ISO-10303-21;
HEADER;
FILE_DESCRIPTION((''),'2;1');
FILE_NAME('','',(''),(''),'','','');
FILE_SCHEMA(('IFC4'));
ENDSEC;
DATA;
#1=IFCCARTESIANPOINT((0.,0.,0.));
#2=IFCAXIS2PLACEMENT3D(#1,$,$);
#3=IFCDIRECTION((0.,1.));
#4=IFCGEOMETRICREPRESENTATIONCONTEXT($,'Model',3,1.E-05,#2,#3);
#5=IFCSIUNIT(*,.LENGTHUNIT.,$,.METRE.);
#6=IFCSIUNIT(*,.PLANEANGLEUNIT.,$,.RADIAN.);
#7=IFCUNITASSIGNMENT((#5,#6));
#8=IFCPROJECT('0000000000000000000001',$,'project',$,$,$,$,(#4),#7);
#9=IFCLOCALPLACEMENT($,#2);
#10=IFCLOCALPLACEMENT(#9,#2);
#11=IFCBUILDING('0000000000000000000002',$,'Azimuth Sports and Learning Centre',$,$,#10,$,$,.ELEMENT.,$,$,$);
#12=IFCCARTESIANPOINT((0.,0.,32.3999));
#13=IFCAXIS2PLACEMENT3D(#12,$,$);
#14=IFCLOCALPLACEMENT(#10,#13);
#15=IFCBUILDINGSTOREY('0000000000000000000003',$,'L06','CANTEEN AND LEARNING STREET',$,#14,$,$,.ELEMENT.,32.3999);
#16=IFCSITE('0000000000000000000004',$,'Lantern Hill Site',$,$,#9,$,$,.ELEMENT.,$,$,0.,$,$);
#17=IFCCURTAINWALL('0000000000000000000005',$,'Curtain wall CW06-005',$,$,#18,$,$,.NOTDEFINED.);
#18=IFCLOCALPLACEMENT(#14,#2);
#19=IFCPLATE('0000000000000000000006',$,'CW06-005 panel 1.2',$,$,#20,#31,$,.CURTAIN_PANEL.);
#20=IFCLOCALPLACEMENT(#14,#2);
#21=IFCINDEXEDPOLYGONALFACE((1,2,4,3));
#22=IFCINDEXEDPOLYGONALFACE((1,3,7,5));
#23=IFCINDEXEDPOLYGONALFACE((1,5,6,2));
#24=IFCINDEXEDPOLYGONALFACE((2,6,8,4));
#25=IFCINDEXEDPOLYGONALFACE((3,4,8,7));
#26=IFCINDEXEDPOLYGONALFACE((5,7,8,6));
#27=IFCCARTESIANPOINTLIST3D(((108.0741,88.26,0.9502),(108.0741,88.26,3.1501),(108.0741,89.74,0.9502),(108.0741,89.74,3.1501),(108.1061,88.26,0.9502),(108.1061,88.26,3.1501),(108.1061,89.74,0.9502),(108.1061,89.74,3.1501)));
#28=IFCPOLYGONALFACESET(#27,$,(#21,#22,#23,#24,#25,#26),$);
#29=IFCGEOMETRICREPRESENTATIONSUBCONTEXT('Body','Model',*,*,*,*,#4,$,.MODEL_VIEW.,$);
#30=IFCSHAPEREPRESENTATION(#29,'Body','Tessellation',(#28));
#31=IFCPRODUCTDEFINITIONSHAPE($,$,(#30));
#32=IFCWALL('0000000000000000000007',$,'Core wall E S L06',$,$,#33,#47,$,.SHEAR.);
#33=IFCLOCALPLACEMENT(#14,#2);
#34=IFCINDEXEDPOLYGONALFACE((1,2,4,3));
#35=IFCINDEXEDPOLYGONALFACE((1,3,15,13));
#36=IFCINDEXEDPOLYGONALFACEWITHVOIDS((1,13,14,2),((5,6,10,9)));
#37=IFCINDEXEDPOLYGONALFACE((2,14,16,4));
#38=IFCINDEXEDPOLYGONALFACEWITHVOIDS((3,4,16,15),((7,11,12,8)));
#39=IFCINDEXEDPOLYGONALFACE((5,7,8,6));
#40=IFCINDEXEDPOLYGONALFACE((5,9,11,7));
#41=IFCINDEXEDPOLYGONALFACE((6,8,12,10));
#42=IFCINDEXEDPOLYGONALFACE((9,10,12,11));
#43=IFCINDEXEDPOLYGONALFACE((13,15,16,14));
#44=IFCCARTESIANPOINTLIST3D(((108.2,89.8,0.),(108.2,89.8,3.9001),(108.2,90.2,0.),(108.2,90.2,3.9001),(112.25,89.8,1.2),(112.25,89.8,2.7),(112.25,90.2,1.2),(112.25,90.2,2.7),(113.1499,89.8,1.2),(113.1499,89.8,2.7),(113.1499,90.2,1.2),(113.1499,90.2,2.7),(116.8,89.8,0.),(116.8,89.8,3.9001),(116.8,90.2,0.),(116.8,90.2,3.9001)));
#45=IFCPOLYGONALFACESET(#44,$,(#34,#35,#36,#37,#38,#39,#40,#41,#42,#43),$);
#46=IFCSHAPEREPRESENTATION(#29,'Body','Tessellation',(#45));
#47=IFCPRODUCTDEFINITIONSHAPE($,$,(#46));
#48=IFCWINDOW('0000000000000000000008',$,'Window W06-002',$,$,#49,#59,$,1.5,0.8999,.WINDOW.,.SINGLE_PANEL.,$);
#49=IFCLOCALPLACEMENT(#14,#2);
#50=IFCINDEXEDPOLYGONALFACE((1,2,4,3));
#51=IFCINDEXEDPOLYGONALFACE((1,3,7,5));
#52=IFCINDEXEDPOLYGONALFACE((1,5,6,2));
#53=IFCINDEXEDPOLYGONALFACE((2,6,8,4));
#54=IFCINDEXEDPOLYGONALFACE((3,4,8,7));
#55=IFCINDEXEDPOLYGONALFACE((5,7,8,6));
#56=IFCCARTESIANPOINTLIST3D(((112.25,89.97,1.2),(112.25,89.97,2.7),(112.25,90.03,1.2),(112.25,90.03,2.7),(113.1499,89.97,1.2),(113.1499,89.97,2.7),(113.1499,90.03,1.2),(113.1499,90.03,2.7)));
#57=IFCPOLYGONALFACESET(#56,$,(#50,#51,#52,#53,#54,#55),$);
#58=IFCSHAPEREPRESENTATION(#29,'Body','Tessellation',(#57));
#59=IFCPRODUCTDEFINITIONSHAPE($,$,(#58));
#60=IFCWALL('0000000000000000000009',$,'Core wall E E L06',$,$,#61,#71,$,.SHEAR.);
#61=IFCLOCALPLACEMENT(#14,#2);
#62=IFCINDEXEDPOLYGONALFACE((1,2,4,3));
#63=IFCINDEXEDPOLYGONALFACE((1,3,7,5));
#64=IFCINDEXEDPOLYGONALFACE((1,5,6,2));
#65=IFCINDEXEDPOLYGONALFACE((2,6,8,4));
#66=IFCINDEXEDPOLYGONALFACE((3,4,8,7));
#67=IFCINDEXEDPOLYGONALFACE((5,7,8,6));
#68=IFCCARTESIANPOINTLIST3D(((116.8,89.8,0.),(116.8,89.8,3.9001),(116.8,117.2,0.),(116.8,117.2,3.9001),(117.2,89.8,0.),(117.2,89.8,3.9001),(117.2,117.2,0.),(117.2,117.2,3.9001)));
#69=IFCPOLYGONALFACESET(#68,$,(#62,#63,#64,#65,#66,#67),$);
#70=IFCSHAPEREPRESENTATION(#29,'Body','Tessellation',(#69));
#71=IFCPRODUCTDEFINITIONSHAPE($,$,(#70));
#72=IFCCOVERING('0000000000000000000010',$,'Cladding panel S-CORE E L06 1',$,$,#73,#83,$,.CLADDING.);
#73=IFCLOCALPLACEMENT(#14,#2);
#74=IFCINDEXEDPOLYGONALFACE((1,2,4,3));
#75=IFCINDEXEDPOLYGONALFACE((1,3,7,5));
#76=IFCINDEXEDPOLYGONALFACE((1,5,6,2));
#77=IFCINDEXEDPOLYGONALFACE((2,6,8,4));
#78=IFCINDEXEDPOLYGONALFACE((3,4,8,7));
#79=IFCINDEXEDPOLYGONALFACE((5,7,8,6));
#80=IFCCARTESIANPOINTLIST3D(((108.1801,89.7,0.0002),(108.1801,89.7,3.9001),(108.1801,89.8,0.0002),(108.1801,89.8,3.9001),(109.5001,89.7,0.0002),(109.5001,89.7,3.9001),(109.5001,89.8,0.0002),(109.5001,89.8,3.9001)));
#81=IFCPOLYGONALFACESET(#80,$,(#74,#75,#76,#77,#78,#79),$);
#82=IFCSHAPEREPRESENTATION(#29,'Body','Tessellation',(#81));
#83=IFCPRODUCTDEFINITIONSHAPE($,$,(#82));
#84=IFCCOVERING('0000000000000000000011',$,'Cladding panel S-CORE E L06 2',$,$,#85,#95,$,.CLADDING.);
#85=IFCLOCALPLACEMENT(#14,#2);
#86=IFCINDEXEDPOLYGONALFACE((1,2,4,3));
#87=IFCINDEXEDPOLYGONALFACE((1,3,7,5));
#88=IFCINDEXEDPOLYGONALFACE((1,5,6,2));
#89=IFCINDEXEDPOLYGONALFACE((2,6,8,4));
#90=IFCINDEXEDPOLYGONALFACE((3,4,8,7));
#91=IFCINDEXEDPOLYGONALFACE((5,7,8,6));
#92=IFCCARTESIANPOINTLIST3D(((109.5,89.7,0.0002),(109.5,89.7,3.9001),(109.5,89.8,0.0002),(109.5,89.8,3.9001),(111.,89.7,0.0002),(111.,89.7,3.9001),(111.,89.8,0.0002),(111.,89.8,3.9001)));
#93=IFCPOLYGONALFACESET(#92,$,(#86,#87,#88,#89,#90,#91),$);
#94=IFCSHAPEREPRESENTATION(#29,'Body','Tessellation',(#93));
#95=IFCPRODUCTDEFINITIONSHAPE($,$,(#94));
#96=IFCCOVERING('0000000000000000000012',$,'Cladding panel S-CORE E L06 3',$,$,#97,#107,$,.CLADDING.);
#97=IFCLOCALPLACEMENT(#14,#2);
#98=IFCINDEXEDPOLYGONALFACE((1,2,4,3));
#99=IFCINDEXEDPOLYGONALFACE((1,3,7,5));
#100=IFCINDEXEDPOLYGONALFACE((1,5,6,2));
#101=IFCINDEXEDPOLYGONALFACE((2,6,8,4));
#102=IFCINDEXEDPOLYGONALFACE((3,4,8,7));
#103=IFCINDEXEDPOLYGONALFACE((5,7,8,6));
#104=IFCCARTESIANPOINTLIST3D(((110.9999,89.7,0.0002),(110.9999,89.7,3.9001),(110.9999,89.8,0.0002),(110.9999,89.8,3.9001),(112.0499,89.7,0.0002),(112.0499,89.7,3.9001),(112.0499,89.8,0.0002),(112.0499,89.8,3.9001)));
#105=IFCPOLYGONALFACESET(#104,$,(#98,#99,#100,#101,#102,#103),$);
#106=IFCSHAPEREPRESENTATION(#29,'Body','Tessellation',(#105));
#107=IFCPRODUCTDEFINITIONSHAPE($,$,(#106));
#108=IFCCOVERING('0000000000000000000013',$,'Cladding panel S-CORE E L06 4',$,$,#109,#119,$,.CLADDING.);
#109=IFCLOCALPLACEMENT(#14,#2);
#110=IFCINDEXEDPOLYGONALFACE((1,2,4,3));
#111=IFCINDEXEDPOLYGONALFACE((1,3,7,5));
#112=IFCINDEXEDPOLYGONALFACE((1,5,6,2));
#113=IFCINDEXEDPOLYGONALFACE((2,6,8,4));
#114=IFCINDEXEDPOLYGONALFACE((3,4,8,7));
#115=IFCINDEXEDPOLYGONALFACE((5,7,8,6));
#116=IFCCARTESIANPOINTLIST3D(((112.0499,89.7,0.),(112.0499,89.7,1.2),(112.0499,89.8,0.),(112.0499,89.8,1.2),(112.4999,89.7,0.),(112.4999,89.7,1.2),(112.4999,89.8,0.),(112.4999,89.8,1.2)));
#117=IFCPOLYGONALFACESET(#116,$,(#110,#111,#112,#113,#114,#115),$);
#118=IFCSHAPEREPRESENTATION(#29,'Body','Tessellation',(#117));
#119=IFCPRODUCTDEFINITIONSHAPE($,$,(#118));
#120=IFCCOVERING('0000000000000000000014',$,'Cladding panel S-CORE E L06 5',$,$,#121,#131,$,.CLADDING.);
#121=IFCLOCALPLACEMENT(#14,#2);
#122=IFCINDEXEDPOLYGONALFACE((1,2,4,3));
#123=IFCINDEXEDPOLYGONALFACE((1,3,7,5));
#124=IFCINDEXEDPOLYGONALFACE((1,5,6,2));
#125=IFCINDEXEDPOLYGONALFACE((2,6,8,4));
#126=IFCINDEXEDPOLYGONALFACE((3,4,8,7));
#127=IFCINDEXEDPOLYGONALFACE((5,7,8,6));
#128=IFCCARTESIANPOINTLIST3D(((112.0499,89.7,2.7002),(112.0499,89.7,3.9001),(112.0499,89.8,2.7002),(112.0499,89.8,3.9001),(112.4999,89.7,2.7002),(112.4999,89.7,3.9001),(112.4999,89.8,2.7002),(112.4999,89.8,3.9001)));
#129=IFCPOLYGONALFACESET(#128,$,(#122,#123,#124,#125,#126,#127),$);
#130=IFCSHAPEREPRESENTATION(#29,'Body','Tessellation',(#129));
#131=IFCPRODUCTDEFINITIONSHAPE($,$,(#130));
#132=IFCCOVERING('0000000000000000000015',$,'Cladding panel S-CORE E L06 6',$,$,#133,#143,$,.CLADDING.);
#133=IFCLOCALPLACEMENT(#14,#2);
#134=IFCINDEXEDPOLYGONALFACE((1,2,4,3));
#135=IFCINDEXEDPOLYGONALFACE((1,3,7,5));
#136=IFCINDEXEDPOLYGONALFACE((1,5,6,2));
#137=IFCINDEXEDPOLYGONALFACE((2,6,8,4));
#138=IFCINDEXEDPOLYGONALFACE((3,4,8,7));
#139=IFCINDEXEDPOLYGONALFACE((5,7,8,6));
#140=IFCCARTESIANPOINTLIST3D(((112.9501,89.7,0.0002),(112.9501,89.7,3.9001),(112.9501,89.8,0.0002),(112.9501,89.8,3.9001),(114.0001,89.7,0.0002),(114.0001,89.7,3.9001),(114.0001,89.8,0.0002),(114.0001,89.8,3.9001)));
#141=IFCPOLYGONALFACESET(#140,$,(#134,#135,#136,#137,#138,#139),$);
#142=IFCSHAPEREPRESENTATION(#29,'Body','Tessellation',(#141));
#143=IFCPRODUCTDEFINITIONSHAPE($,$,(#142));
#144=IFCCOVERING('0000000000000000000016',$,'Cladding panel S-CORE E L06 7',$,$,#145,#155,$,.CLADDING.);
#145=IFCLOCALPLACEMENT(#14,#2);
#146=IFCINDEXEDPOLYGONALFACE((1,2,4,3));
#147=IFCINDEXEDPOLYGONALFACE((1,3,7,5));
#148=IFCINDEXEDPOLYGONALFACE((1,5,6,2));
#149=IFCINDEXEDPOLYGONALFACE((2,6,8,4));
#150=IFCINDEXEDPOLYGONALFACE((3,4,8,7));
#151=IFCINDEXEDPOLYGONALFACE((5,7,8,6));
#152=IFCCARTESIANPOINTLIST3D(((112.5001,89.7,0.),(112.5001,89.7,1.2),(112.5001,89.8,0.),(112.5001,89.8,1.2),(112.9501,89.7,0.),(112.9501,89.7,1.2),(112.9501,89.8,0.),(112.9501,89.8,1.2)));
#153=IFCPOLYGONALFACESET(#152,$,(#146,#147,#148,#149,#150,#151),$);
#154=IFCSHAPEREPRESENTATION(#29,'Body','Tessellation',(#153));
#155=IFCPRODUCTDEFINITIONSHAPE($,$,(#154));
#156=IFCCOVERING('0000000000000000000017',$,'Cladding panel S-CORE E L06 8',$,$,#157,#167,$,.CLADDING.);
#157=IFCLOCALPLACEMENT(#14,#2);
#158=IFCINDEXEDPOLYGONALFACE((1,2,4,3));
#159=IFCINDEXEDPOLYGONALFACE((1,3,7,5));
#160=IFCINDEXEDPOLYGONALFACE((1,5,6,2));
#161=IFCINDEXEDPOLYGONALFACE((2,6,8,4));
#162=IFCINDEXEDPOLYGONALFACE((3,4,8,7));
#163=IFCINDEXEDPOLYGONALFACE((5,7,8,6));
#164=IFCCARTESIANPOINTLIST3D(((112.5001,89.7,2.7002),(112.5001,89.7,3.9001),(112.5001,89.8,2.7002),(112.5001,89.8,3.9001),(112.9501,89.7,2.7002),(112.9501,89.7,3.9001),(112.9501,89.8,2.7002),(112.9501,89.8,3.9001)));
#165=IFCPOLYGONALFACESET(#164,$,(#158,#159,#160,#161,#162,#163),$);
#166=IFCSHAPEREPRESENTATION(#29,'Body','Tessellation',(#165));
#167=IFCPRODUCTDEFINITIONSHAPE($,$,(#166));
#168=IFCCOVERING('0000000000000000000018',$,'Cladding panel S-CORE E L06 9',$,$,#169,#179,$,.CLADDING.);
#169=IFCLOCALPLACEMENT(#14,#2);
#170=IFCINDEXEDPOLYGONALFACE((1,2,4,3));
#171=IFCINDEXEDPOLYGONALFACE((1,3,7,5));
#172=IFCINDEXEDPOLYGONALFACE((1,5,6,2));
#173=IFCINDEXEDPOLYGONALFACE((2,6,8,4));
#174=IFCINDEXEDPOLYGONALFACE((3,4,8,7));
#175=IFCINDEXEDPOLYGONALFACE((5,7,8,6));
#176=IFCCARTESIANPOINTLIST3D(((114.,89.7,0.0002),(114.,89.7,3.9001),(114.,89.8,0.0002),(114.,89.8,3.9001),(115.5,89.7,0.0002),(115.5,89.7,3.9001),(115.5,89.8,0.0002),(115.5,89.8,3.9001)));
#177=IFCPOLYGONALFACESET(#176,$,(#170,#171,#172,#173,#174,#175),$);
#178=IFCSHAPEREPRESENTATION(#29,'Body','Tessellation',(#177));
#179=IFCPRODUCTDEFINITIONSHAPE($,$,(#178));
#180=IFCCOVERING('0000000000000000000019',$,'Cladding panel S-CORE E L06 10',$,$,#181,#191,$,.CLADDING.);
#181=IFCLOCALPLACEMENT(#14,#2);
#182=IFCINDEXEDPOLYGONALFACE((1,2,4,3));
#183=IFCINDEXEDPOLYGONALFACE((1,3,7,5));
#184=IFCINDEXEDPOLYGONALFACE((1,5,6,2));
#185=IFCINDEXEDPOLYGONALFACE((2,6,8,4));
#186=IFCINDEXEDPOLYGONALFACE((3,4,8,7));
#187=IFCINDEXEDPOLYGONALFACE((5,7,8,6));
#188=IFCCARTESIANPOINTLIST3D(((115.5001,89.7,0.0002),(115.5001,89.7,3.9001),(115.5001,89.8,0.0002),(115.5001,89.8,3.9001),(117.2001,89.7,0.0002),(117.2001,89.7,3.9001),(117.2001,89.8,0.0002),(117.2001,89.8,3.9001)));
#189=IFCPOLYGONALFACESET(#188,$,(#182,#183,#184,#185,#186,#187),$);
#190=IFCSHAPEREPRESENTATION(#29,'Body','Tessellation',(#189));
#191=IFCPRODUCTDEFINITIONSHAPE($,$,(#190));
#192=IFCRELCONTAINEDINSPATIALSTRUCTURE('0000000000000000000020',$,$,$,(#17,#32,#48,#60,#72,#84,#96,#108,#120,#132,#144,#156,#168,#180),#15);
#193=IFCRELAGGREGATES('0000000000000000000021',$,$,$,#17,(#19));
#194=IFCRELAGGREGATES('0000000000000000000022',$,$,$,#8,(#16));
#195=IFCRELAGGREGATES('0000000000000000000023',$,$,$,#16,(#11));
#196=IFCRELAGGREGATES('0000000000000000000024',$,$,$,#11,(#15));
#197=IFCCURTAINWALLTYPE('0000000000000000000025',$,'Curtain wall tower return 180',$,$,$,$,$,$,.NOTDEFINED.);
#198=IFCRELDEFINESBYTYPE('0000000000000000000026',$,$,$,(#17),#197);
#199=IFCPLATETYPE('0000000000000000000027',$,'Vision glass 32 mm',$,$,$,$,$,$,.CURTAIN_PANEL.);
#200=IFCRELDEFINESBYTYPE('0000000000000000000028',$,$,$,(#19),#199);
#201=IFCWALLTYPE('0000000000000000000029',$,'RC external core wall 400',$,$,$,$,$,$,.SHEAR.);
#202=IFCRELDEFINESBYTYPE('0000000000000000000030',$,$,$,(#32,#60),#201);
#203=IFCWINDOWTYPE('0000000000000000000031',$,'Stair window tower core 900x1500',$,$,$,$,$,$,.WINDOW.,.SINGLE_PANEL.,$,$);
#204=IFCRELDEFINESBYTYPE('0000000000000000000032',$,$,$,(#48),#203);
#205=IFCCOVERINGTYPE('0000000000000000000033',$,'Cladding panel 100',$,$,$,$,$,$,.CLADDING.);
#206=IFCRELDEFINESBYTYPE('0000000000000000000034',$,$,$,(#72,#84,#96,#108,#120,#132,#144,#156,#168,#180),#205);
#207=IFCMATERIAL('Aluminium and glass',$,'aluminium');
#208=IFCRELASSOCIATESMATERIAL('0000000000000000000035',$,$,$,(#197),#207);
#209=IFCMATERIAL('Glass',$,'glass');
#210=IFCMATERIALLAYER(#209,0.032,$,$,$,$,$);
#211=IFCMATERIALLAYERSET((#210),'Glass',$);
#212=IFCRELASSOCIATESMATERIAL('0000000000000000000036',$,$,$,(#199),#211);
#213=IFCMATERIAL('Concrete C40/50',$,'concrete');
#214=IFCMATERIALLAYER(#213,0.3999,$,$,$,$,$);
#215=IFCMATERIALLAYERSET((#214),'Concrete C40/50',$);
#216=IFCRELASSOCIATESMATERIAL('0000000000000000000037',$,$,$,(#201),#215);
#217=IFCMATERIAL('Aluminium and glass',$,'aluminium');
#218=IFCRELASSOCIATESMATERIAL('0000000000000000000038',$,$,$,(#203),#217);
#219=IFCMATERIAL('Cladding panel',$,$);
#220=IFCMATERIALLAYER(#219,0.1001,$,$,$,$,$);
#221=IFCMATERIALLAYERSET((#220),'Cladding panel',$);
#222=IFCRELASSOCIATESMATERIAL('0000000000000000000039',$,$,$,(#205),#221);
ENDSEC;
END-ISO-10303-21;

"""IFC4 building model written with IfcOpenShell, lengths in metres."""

from ifc_helpers import new_model, si_unit, direction, frame, frame_2d, origin, origin_2d, place, context, subcontext, project, spatial, rectangle, extrude, material, layer, layer_set, type_object, element, fill, aggregate, save


model = new_model("IFC4")

# Units and contexts
model_context = context("Model", 3, precision=1e-05, world=origin(), true_north=direction((0.0, 1.0)))
body_context = subcontext(model_context, "Body", "Model", "MODEL_VIEW")
ifc_project = project(units=[si_unit("LENGTHUNIT", "METRE"), si_unit("PLANEANGLEUNIT", "RADIAN")], contexts=[model_context])

# Site, building, storey
site_placement = place(None, origin())
site = spatial("IfcSite", under=ifc_project, at=site_placement, Name="Lantern Hill Site", CompositionType="ELEMENT", RefElevation=0.0)
building_placement = place(site_placement, origin())
building = spatial("IfcBuilding", under=site, at=building_placement, Name="Azimuth Sports and Learning Centre", CompositionType="ELEMENT")
storey_placement = place(building_placement, frame((0.0, 0.0, 32.3999)))
storey = spatial("IfcBuildingStorey", under=building, at=storey_placement, Name="L06", Description="CANTEEN AND LEARNING STREET", CompositionType="ELEMENT", Elevation=32.3999)

# Curtain wall, plate
ifc_material_1 = material(Name="Aluminium and glass", Category="aluminium")
curtain_wall_type = type_object("IfcCurtainWallType", Name="Curtain wall tower return 180", PredefinedType="NOTDEFINED", material=ifc_material_1)
curtain_wall_placement = place(storey_placement, origin())
curtain_wall = element("IfcCurtainWall", 1, at=curtain_wall_placement, inside=storey, type_object=curtain_wall_type, Name="Curtain wall CW06-005", PredefinedType="NOTDEFINED")
ifc_material_2 = material(Name="Glass", Category="glass")
ifc_layer_1 = layer(ifc_material_2, 0.032)
ifc_layer_set_1 = layer_set([ifc_layer_1], Name="Glass")
plate_type_1 = type_object("IfcPlateType", Name="Vision glass 32 mm", PredefinedType="CURTAIN_PANEL", material=ifc_layer_set_1)
plate_1_placement = place(storey_placement, frame((108.0901, 89.0, 0.9502), z_axis=(0.0, 0.0, 1.0), x_axis=(0.0, 1.0, 0.0)))
plate_1 = element("IfcPlate", 2, at=plate_1_placement, type_object=plate_type_1, Name="CW06-005 panel 1.2", PredefinedType="CURTAIN_PANEL", context=body_context, shape_type="SweptSolid", body=[
    extrude(rectangle(XDim=1.48, YDim=0.032, at=origin_2d()), origin(), (0.0, 0.0, 1.0), 2.2),
])
aggregate(curtain_wall, [plate_1])

# Wall, opening, window
ifc_material_3 = material(Name="Concrete C40/50", Category="concrete")
ifc_layer_2 = layer(ifc_material_3, 0.3999)
ifc_layer_set_2 = layer_set([ifc_layer_2], Name="Concrete C40/50")
wall_type = type_object("IfcWallType", Name="RC external core wall 400", PredefinedType="SHEAR", material=ifc_layer_set_2)
wall_1_placement = place(storey_placement, frame((108.2, 90.0, 0.0), z_axis=(0.0, 0.0, 1.0), x_axis=(1.0, 0.0, 0.0)))
wall_1 = element("IfcWall", 3, at=wall_1_placement, inside=storey, type_object=wall_type, Name="Core wall E S L06", PredefinedType="SHEAR", context=body_context, shape_type="SweptSolid", body=[
    extrude(rectangle(XDim=8.6001, YDim=0.3999, at=frame_2d((4.3, 0.0))), origin(), (0.0, 0.0, 1.0), 3.9001),
])
opening_placement = place(wall_1_placement, frame((4.05, 0.0, 1.2)))
opening = element("IfcOpeningElement", 4, at=opening_placement, cuts=wall_1, PredefinedType="OPENING", context=body_context, shape_type="SweptSolid", body=[
    extrude(rectangle(XDim=0.8999, YDim=1.5, at=frame_2d((0.45, 0.75))), frame((0.0, 0.2109, 0.0), z_axis=(0.0, -1.0, 0.0), x_axis=(1.0, 0.0, 0.0)), (0.0, 0.0, 1.0), 0.4219),
])
ifc_material_4 = material(Name="Aluminium and glass", Category="aluminium")
window_type = type_object("IfcWindowType", Name="Stair window tower core 900x1500", PartitioningType="SINGLE_PANEL", PredefinedType="WINDOW", material=ifc_material_4)
window_placement = place(opening_placement, origin())
window = element("IfcWindow", 5, at=window_placement, inside=storey, type_object=window_type, Name="Window W06-002", OverallHeight=1.5, OverallWidth=0.8999, PartitioningType="SINGLE_PANEL", PredefinedType="WINDOW", context=body_context, shape_type="SweptSolid", body=[
    extrude(rectangle(XDim=0.8999, YDim=1.5, at=frame_2d((0.45, 0.75))), frame((0.0, 0.03, 0.0), z_axis=(0.0, -1.0, 0.0), x_axis=(1.0, 0.0, 0.0)), (0.0, 0.0, 1.0), 0.0601),
])
fill(opening, window)

# Wall
wall_2_placement = place(storey_placement, frame((117.0, 89.8, 0.0), z_axis=(0.0, 0.0, 1.0), x_axis=(0.0, 1.0, 0.0)))
element("IfcWall", 6, at=wall_2_placement, inside=storey, type_object=wall_type, Name="Core wall E E L06", PredefinedType="SHEAR", context=body_context, shape_type="SweptSolid", body=[
    extrude(rectangle(XDim=27.3999, YDim=0.3999, at=frame_2d((13.7, 0.0))), origin(), (0.0, 0.0, 1.0), 3.9001),
])

# Coverings
ifc_material_5 = material(Name="Cladding panel")
ifc_layer_3 = layer(ifc_material_5, 0.1001)
ifc_layer_set_3 = layer_set([ifc_layer_3], Name="Cladding panel")
covering_type = type_object("IfcCoveringType", Name="Cladding panel 100", PredefinedType="CLADDING", material=ifc_layer_set_3)
covering_1_placement = place(storey_placement, frame((108.8401, 89.75, 0.0002), z_axis=(0.0, 0.0, 1.0), x_axis=(1.0, 0.0, 0.0)))
element("IfcCovering", 7, at=covering_1_placement, inside=storey, type_object=covering_type, Name="Cladding panel S-CORE E L06 1", PredefinedType="CLADDING", context=body_context, shape_type="SweptSolid", body=[
    extrude(rectangle(XDim=1.3201, YDim=0.1001, at=origin_2d()), origin(), (0.0, 0.0, 1.0), 3.8999),
])
covering_2_placement = place(storey_placement, frame((110.25, 89.75, 0.0002), z_axis=(0.0, 0.0, 1.0), x_axis=(1.0, 0.0, 0.0)))
element("IfcCovering", 8, at=covering_2_placement, inside=storey, type_object=covering_type, Name="Cladding panel S-CORE E L06 2", PredefinedType="CLADDING", context=body_context, shape_type="SweptSolid", body=[
    extrude(rectangle(XDim=1.5, YDim=0.1001, at=origin_2d()), origin(), (0.0, 0.0, 1.0), 3.8999),
])
covering_3_placement = place(storey_placement, frame((111.5249, 89.75, 0.0002), z_axis=(0.0, 0.0, 1.0), x_axis=(1.0, 0.0, 0.0)))
element("IfcCovering", 9, at=covering_3_placement, inside=storey, type_object=covering_type, Name="Cladding panel S-CORE E L06 3", PredefinedType="CLADDING", context=body_context, shape_type="SweptSolid", body=[
    extrude(rectangle(XDim=1.05, YDim=0.1001, at=origin_2d()), origin(), (0.0, 0.0, 1.0), 3.8999),
])
for number, where, z_axis, x_axis, name in (
    (10, (112.2749, 89.75, 0.0), (0.0, 0.0, 1.0), (1.0, 0.0, 0.0), "Cladding panel S-CORE E L06 4"),
    (11, (112.2749, 89.75, 2.7002), (0.0, 0.0, 1.0), (1.0, 0.0, 0.0), "Cladding panel S-CORE E L06 5"),
):
    element("IfcCovering", number, at=place(storey_placement, frame(where, z_axis=z_axis, x_axis=x_axis)), inside=storey, type_object=covering_type, Name=name, PredefinedType="CLADDING", context=body_context, shape_type="SweptSolid", body=[
        extrude(rectangle(XDim=0.45, YDim=0.1001, at=origin_2d()), origin(), (0.0, 0.0, 1.0), 1.2),
    ])
covering_4_placement = place(storey_placement, frame((113.4751, 89.75, 0.0002), z_axis=(0.0, 0.0, 1.0), x_axis=(1.0, 0.0, 0.0)))
element("IfcCovering", 12, at=covering_4_placement, inside=storey, type_object=covering_type, Name="Cladding panel S-CORE E L06 6", PredefinedType="CLADDING", context=body_context, shape_type="SweptSolid", body=[
    extrude(rectangle(XDim=1.05, YDim=0.1001, at=origin_2d()), origin(), (0.0, 0.0, 1.0), 3.8999),
])
for number, where, z_axis, x_axis, name in (
    (13, (112.7251, 89.75, 0.0), (0.0, 0.0, 1.0), (1.0, 0.0, 0.0), "Cladding panel S-CORE E L06 7"),
    (14, (112.7251, 89.75, 2.7002), (0.0, 0.0, 1.0), (1.0, 0.0, 0.0), "Cladding panel S-CORE E L06 8"),
):
    element("IfcCovering", number, at=place(storey_placement, frame(where, z_axis=z_axis, x_axis=x_axis)), inside=storey, type_object=covering_type, Name=name, PredefinedType="CLADDING", context=body_context, shape_type="SweptSolid", body=[
        extrude(rectangle(XDim=0.45, YDim=0.1001, at=origin_2d()), origin(), (0.0, 0.0, 1.0), 1.2),
    ])
covering_5_placement = place(storey_placement, frame((114.75, 89.75, 0.0002), z_axis=(0.0, 0.0, 1.0), x_axis=(1.0, 0.0, 0.0)))
element("IfcCovering", 15, at=covering_5_placement, inside=storey, type_object=covering_type, Name="Cladding panel S-CORE E L06 9", PredefinedType="CLADDING", context=body_context, shape_type="SweptSolid", body=[
    extrude(rectangle(XDim=1.5, YDim=0.1001, at=origin_2d()), origin(), (0.0, 0.0, 1.0), 3.8999),
])
covering_6_placement = place(storey_placement, frame((116.3501, 89.75, 0.0002), z_axis=(0.0, 0.0, 1.0), x_axis=(1.0, 0.0, 0.0)))
element("IfcCovering", 16, at=covering_6_placement, inside=storey, type_object=covering_type, Name="Cladding panel S-CORE E L06 10", PredefinedType="CLADDING", context=body_context, shape_type="SweptSolid", body=[
    extrude(rectangle(XDim=1.7, YDim=0.1001, at=origin_2d()), origin(), (0.0, 0.0, 1.0), 3.8999),
])

save(model, "model.ifc")
